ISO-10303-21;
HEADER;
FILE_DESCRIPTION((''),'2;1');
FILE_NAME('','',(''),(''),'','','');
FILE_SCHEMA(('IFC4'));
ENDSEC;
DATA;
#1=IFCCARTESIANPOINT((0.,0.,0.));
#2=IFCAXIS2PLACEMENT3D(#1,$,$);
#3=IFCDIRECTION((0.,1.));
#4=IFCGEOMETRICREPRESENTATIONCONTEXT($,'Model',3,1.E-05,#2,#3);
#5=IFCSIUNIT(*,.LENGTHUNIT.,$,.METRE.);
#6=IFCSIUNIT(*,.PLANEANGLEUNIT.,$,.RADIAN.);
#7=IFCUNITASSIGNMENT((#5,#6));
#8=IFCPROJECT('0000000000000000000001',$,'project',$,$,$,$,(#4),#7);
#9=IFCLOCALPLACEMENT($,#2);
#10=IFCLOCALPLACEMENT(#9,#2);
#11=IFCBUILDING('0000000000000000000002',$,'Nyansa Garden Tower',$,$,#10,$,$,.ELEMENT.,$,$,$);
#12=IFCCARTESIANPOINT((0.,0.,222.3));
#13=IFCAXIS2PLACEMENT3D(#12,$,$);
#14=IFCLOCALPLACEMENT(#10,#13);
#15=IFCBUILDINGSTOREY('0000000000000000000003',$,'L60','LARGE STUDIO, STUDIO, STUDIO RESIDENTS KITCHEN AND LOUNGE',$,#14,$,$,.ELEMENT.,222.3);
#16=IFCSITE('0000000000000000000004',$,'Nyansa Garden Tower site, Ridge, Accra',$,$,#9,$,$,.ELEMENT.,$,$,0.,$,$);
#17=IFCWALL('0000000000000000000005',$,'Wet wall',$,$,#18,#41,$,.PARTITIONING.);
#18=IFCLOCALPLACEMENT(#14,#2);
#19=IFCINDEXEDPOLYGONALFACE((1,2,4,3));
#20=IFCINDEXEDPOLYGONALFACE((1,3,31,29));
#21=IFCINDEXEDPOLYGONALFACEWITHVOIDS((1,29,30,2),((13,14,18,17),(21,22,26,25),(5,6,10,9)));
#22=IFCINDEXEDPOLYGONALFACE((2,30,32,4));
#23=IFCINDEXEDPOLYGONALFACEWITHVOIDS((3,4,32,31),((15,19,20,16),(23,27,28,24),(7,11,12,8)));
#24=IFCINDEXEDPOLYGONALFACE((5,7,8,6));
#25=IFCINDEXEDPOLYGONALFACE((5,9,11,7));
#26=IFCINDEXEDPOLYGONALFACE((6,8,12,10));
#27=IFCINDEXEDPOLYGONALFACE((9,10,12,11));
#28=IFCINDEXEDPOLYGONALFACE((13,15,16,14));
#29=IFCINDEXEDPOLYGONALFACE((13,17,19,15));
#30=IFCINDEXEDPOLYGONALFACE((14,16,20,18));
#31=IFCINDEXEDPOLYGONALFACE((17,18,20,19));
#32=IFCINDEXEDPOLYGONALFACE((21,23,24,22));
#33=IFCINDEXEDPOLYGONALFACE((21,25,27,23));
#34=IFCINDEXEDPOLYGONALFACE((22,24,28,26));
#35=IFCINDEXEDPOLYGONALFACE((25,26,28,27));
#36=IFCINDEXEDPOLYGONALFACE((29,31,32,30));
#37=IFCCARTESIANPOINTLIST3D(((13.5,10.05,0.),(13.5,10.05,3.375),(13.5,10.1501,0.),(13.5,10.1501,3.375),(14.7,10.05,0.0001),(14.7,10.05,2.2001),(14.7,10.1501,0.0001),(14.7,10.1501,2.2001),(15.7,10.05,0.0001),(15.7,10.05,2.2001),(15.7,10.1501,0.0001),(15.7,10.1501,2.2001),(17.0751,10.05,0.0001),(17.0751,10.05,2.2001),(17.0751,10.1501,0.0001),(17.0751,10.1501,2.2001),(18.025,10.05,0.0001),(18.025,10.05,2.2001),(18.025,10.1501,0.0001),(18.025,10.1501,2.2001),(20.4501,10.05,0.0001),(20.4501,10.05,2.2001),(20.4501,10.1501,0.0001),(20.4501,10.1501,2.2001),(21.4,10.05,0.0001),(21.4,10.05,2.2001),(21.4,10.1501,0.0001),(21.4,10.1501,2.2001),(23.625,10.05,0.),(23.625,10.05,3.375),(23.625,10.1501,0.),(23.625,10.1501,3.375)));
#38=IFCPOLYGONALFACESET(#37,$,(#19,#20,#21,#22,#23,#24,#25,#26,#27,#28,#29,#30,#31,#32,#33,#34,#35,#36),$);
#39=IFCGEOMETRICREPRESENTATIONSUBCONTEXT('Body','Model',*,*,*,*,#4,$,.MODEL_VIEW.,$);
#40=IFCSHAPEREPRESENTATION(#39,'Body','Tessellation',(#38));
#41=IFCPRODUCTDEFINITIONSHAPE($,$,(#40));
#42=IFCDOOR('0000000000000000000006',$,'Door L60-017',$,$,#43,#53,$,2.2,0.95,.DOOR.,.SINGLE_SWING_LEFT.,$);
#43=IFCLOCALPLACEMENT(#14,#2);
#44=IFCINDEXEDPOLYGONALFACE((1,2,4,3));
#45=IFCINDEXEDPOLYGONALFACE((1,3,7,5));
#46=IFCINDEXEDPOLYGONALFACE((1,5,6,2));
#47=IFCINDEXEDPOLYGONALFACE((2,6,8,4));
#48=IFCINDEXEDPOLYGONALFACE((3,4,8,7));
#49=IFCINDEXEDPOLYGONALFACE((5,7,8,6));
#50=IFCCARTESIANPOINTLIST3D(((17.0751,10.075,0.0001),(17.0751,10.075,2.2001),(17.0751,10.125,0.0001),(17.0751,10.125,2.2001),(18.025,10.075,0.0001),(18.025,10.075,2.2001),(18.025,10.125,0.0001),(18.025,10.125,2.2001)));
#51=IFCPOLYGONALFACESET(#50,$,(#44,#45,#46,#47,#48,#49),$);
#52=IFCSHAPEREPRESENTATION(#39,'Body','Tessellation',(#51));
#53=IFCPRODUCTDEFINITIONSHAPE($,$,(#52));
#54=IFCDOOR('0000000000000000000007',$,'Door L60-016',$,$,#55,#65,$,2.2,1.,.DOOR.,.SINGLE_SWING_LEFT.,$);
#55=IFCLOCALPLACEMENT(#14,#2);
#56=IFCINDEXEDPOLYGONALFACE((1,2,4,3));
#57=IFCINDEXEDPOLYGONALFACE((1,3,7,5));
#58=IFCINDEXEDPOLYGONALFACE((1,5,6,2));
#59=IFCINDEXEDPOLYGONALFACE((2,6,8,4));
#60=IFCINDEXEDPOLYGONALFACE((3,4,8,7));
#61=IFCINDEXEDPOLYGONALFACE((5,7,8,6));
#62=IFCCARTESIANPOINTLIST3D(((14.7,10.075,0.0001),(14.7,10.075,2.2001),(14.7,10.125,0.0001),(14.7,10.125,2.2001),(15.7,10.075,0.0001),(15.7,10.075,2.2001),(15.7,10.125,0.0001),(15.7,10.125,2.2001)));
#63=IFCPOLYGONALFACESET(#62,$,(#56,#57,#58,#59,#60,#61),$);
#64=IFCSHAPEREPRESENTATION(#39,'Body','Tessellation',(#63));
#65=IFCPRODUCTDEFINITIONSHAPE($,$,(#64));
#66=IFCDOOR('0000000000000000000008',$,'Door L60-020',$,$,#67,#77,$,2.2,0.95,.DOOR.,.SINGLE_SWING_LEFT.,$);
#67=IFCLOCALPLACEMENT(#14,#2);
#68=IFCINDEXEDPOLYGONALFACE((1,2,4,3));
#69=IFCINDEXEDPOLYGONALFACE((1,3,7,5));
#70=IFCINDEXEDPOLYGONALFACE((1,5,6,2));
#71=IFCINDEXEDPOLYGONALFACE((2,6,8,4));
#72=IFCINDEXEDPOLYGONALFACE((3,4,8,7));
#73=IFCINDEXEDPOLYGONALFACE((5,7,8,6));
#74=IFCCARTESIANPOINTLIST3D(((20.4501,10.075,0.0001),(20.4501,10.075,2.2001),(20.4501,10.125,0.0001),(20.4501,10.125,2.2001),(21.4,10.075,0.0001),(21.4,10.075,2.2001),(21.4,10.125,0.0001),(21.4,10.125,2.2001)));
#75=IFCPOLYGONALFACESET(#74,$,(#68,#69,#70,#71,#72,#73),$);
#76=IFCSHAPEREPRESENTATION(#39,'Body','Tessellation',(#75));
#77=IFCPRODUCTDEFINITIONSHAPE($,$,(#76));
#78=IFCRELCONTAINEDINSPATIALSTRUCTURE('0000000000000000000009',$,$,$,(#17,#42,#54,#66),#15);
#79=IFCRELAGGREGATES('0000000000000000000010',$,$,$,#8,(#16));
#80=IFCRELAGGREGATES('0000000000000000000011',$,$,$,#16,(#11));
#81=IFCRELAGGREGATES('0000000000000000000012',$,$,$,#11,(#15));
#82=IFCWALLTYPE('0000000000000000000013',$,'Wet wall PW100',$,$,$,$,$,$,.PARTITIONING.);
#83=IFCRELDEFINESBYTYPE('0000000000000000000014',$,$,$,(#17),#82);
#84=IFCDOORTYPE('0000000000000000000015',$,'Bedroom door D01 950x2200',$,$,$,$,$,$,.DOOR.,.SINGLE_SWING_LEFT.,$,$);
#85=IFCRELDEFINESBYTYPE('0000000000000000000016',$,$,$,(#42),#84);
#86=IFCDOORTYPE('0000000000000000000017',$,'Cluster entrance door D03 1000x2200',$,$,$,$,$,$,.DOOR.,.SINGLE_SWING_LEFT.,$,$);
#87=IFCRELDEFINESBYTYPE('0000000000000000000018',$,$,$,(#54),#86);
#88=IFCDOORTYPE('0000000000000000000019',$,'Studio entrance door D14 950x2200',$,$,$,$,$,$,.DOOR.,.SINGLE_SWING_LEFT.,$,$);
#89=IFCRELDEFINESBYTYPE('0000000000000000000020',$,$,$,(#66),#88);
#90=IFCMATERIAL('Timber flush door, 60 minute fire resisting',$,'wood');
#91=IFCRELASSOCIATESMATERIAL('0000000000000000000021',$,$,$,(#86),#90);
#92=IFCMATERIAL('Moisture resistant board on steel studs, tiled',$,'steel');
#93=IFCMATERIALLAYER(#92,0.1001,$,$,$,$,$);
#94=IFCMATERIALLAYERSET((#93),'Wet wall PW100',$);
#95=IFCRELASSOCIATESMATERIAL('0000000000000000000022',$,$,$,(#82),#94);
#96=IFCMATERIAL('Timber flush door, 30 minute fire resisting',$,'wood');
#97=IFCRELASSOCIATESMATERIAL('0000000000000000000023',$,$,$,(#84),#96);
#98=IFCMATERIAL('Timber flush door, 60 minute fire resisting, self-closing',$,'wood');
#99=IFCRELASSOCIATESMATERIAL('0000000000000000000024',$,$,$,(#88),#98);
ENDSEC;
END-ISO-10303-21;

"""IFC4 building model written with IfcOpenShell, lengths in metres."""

from ifc_helpers import new_model, si_unit, direction, frame, frame_2d, origin, place, context, subcontext, project, spatial, rectangle, extrude, material, layer, layer_set, type_object, element, fill, save


model = new_model("IFC4")

# Units and contexts
model_context = context("Model", 3, precision=1e-05, world=origin(), true_north=direction((0.0, 1.0)))
body_context = subcontext(model_context, "Body", "Model", "MODEL_VIEW")
ifc_project = project(units=[si_unit("LENGTHUNIT", "METRE"), si_unit("PLANEANGLEUNIT", "RADIAN")], contexts=[model_context])

# Site, building, storey
site_placement = place(None, origin())
site = spatial("IfcSite", under=ifc_project, at=site_placement, Name="Nyansa Garden Tower site, Ridge, Accra", CompositionType="ELEMENT", RefElevation=0.0)
building_placement = place(site_placement, origin())
building = spatial("IfcBuilding", under=site, at=building_placement, Name="Nyansa Garden Tower", CompositionType="ELEMENT")
storey_placement = place(building_placement, frame((0.0, 0.0, 222.3)))
storey = spatial("IfcBuildingStorey", under=building, at=storey_placement, Name="L60", Description="LARGE STUDIO, STUDIO, STUDIO RESIDENTS KITCHEN AND LOUNGE", CompositionType="ELEMENT", Elevation=222.3)

# Shared definitions
ifc_material_1 = material(Name="Timber flush door, 60 minute fire resisting", Category="wood")
door_type_1 = type_object("IfcDoorType", Name="Cluster entrance door D03 1000x2200", OperationType="SINGLE_SWING_LEFT", PredefinedType="DOOR", material=ifc_material_1)

# Wall, openings, doors
ifc_material_2 = material(Name="Moisture resistant board on steel studs, tiled", Category="steel")
ifc_layer_1 = layer(ifc_material_2, 0.1001)
ifc_layer_set_1 = layer_set([ifc_layer_1], Name="Wet wall PW100")
wall_type_1 = type_object("IfcWallType", Name="Wet wall PW100", PredefinedType="PARTITIONING", material=ifc_layer_set_1)
wall_1_placement = place(storey_placement, frame((13.5, 10.1001, 0.0), z_axis=(0.0, 0.0, 1.0), x_axis=(1.0, 0.0, 0.0)))
wall_1 = element("IfcWall", 1, at=wall_1_placement, inside=storey, type_object=wall_type_1, Name="Wet wall", PredefinedType="PARTITIONING", context=body_context, shape_type="SweptSolid", body=[
    extrude(rectangle(XDim=10.125, YDim=0.1001, at=frame_2d((5.0625, 0.0))), origin(), (0.0, 0.0, 1.0), 3.375),
])
opening_1_placement = place(wall_1_placement, frame((1.2, 0.0, 0.0)))
opening_1 = element("IfcOpeningElement", 2, at=opening_1_placement, cuts=wall_1, PredefinedType="OPENING", context=body_context, shape_type="SweptSolid", body=[
    extrude(rectangle(XDim=1.0, YDim=2.2, at=frame_2d((0.5, 1.1001))), frame((0.0, 0.0601, 0.0), z_axis=(0.0, -1.0, 0.0), x_axis=(1.0, 0.0, 0.0)), (0.0, 0.0, 1.0), 0.1201),
])
opening_2_placement = place(wall_1_placement, frame((3.575, 0.0, 0.0)))
opening_2 = element("IfcOpeningElement", 3, at=opening_2_placement, cuts=wall_1, PredefinedType="OPENING", context=body_context, shape_type="SweptSolid", body=[
    extrude(rectangle(XDim=0.95, YDim=2.2, at=frame_2d((0.4751, 1.1001))), frame((0.0, 0.0601, 0.0), z_axis=(0.0, -1.0, 0.0), x_axis=(1.0, 0.0, 0.0)), (0.0, 0.0, 1.0), 0.1201),
])
opening_3_placement = place(wall_1_placement, frame((6.95, 0.0, 0.0)))
opening_3 = element("IfcOpeningElement", 4, at=opening_3_placement, cuts=wall_1, PredefinedType="OPENING", context=body_context, shape_type="SweptSolid", body=[
    extrude(rectangle(XDim=0.95, YDim=2.2, at=frame_2d((0.4751, 1.1001))), frame((0.0, 0.0601, 0.0), z_axis=(0.0, -1.0, 0.0), x_axis=(1.0, 0.0, 0.0)), (0.0, 0.0, 1.0), 0.1201),
])
ifc_material_3 = material(Name="Timber flush door, 30 minute fire resisting", Category="wood")
door_type_2 = type_object("IfcDoorType", Name="Bedroom door D01 950x2200", OperationType="SINGLE_SWING_LEFT", PredefinedType="DOOR", material=ifc_material_3)
door_1_placement = place(opening_2_placement, origin())
door_1 = element("IfcDoor", 5, at=door_1_placement, inside=storey, type_object=door_type_2, Name="Door L60-017", OperationType="SINGLE_SWING_LEFT", OverallHeight=2.2, OverallWidth=0.95, PredefinedType="DOOR", context=body_context, shape_type="SweptSolid", body=[
    extrude(rectangle(XDim=0.95, YDim=2.2, at=frame_2d((0.4751, 1.1001))), frame((0.0, 0.0249, 0.0), z_axis=(0.0, -1.0, 0.0), x_axis=(1.0, 0.0, 0.0)), (0.0, 0.0, 1.0), 0.05),
])
fill(opening_2, door_1)
door_2_placement = place(opening_1_placement, origin())
door_2 = element("IfcDoor", 6, at=door_2_placement, inside=storey, type_object=door_type_1, Name="Door L60-016", OperationType="SINGLE_SWING_LEFT", OverallHeight=2.2, OverallWidth=1.0, PredefinedType="DOOR", context=body_context, shape_type="SweptSolid", body=[
    extrude(rectangle(XDim=1.0, YDim=2.2, at=frame_2d((0.5, 1.1001))), frame((0.0, 0.0249, 0.0), z_axis=(0.0, -1.0, 0.0), x_axis=(1.0, 0.0, 0.0)), (0.0, 0.0, 1.0), 0.05),
])
fill(opening_1, door_2)
ifc_material_4 = material(Name="Timber flush door, 60 minute fire resisting, self-closing", Category="wood")
door_type_3 = type_object("IfcDoorType", Name="Studio entrance door D14 950x2200", OperationType="SINGLE_SWING_LEFT", PredefinedType="DOOR", material=ifc_material_4)
door_3_placement = place(opening_3_placement, origin())
door_3 = element("IfcDoor", 7, at=door_3_placement, inside=storey, type_object=door_type_3, Name="Door L60-020", OperationType="SINGLE_SWING_LEFT", OverallHeight=2.2, OverallWidth=0.95, PredefinedType="DOOR", context=body_context, shape_type="SweptSolid", body=[
    extrude(rectangle(XDim=0.95, YDim=2.2, at=frame_2d((0.4751, 1.1001))), frame((0.0, 0.0249, 0.0), z_axis=(0.0, -1.0, 0.0), x_axis=(1.0, 0.0, 0.0)), (0.0, 0.0, 1.0), 0.05),
])
fill(opening_3, door_3)

save(model, "model.ifc")
